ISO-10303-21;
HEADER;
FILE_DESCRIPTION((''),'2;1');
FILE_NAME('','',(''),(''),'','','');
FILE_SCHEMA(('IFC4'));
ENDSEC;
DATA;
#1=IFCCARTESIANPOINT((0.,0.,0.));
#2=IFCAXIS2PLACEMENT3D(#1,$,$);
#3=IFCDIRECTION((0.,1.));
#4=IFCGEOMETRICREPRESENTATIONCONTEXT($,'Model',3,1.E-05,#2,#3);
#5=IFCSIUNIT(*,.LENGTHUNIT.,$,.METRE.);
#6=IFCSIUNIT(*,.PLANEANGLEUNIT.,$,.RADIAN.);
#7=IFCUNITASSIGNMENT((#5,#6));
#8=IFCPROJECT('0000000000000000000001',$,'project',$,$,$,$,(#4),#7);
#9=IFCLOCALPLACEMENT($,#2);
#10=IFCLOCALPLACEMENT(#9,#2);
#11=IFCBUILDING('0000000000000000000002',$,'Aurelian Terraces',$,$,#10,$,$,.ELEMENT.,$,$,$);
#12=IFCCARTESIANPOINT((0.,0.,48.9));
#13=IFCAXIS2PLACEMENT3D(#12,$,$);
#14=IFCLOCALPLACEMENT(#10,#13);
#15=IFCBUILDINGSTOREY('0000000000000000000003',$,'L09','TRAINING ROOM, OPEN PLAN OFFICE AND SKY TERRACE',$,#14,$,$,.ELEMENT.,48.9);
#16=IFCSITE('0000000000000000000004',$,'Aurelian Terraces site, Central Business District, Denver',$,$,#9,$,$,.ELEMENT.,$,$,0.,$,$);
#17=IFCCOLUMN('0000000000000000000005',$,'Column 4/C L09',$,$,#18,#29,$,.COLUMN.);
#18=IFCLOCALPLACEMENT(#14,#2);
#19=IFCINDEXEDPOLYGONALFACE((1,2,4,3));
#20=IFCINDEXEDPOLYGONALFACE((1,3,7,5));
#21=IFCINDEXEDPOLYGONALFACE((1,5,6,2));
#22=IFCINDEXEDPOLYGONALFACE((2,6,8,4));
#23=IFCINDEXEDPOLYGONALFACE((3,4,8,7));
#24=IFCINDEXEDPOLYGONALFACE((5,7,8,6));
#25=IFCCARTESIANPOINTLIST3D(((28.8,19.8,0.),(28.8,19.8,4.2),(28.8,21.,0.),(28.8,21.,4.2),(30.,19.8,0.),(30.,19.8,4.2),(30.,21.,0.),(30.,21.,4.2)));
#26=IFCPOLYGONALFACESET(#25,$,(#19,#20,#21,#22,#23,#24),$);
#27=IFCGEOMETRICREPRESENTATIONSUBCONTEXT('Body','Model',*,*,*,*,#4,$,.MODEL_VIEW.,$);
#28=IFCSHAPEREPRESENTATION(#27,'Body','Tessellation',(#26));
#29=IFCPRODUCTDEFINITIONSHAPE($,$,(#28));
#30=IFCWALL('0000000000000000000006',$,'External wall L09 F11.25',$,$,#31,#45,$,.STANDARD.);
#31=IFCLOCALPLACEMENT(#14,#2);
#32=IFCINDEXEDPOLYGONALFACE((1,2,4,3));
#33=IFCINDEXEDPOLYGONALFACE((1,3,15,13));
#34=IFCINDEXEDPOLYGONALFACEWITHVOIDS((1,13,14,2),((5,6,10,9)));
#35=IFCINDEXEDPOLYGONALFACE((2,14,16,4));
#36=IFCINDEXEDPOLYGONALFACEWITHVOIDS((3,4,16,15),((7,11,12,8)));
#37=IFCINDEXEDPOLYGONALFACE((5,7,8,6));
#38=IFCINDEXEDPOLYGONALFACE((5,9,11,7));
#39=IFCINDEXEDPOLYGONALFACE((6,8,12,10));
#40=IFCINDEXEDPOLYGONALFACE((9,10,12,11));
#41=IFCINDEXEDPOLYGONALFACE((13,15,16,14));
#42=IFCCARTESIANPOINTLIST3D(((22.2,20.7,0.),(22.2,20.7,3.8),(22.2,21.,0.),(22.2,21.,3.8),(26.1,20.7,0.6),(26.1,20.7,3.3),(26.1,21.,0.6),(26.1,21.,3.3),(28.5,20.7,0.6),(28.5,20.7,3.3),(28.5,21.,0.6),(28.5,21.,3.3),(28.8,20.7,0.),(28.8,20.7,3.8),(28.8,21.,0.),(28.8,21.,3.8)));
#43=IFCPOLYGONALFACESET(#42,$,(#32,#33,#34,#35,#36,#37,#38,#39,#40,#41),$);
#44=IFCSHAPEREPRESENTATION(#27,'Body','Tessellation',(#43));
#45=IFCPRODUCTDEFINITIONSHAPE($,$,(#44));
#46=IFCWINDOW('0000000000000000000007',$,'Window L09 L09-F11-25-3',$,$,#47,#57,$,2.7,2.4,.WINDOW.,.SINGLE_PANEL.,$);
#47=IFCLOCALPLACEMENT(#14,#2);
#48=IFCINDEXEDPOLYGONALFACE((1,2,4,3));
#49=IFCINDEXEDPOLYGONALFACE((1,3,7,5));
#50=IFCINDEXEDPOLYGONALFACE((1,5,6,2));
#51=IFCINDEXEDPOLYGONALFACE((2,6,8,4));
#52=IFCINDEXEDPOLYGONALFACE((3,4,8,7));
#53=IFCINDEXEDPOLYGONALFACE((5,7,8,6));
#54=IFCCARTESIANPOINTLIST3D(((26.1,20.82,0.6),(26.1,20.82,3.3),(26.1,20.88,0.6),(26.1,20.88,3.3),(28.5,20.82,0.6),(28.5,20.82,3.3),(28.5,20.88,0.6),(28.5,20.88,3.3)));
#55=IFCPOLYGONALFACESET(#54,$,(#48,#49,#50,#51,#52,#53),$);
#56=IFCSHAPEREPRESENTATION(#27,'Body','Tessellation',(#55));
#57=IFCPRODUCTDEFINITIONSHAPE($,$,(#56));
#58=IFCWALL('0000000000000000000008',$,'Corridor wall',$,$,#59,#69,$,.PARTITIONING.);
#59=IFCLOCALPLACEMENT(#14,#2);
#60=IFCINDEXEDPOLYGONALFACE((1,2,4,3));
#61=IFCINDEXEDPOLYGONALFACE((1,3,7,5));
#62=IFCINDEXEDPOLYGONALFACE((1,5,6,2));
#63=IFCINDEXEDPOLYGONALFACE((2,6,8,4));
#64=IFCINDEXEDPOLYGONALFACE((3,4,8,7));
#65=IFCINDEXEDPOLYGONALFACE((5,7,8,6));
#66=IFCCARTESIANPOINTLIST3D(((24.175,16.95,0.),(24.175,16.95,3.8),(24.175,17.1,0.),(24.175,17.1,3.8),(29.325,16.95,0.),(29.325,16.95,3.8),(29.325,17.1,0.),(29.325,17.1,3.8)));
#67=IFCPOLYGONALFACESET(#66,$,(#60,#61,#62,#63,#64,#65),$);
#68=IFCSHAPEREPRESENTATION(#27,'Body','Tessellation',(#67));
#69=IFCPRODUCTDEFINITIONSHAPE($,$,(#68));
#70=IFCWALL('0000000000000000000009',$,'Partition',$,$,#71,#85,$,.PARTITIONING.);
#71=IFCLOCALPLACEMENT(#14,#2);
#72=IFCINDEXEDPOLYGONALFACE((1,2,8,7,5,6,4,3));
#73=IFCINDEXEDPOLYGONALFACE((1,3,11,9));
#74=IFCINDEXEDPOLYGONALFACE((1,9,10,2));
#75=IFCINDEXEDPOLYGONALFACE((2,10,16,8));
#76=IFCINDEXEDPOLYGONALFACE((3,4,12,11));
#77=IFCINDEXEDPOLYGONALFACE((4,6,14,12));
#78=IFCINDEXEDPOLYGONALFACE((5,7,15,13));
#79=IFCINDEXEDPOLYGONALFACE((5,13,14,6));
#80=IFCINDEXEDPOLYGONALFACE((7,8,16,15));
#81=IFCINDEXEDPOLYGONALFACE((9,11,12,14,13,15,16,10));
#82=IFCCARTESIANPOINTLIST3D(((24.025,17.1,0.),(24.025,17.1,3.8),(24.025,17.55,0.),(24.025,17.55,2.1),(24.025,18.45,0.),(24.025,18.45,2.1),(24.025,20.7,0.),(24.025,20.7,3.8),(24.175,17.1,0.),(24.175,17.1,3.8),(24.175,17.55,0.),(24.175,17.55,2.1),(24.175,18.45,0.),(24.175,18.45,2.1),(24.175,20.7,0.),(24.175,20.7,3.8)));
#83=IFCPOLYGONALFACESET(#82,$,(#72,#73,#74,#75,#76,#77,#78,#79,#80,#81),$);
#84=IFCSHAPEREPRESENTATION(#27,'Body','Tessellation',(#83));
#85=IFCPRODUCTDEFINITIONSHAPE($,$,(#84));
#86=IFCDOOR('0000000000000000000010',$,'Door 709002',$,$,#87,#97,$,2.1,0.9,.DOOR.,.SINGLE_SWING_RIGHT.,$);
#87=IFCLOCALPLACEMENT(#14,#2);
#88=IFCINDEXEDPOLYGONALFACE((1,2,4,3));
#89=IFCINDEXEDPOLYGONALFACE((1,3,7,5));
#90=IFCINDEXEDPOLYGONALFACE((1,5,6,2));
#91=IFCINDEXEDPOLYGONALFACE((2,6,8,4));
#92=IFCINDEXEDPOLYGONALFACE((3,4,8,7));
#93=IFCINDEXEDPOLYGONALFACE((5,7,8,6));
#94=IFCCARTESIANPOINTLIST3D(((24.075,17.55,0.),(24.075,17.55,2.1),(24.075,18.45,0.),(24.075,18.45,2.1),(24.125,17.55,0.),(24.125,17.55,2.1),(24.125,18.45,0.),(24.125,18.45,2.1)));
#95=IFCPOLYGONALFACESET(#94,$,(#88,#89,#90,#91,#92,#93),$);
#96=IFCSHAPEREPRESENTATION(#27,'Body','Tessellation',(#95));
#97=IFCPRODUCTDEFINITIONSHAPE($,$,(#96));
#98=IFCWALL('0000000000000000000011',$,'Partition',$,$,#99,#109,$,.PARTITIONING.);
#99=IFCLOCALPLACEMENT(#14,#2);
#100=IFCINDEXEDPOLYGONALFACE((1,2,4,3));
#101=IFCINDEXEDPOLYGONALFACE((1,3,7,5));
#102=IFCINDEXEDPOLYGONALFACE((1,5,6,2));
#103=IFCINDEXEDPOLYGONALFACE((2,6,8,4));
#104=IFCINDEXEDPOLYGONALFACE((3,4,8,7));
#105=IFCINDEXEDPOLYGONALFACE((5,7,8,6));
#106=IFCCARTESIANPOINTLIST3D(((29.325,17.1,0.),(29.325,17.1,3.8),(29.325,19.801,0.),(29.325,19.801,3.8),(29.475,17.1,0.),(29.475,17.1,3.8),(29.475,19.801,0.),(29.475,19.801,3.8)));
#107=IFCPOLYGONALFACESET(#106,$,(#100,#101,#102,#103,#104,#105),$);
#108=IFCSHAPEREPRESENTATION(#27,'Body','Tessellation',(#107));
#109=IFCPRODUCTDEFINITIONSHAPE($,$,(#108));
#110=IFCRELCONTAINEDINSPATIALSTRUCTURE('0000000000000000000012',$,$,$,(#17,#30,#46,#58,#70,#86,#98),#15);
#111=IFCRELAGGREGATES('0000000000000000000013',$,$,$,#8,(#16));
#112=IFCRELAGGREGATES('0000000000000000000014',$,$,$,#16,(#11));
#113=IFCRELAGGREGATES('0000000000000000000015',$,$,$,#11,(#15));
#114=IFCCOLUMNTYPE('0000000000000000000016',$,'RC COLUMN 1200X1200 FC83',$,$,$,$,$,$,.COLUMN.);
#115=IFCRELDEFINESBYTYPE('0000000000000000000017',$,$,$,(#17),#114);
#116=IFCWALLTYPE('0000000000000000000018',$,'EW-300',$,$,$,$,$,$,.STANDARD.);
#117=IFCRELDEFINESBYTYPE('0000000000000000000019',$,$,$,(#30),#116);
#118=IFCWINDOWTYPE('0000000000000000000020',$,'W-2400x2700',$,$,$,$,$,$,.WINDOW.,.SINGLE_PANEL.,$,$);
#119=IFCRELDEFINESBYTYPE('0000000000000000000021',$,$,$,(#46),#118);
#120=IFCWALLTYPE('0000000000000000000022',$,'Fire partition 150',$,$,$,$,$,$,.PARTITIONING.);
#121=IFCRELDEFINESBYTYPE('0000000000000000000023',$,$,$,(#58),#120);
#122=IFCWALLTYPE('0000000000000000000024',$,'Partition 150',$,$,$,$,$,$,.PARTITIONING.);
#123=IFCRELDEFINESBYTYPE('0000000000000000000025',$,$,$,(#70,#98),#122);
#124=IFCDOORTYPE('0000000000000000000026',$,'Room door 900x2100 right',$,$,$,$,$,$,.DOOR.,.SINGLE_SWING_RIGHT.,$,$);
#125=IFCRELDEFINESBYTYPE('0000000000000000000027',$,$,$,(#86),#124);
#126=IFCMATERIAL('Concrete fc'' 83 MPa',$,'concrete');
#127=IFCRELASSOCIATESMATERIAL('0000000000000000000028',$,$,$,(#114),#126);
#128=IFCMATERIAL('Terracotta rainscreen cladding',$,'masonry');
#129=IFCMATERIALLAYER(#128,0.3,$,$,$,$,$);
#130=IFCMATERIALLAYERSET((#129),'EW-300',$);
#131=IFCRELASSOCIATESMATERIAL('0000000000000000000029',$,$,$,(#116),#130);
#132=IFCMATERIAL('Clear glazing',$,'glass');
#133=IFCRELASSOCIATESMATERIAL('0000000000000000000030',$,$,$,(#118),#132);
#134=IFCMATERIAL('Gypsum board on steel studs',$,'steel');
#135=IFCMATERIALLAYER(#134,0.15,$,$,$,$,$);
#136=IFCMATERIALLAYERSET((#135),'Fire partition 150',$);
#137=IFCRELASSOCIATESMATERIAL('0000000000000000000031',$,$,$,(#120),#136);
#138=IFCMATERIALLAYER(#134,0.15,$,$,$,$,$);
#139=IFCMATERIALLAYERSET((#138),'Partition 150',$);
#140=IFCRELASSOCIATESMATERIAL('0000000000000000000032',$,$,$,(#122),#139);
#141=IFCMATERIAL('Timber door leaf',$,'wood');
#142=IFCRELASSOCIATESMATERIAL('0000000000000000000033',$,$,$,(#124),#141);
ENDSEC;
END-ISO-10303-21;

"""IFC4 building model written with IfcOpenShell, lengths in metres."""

from ifc_helpers import new_model, si_unit, direction, frame, frame_2d, origin, origin_2d, place, context, subcontext, project, spatial, rectangle, extrude, source, transform, mapped, material, layer, layer_set, material_profile, profile_set, type_object, element, fill, save


model = new_model("IFC4")

# Units and contexts
model_context = context("Model", 3, precision=1e-05, world=origin(), true_north=direction((0.0, 1.0)))
body_context = subcontext(model_context, "Body", "Model", "MODEL_VIEW")
ifc_project = project(units=[si_unit("LENGTHUNIT", "METRE"), si_unit("PLANEANGLEUNIT", "RADIAN")], contexts=[model_context])

# Site, building, storey
site_placement = place(None, origin())
site = spatial("IfcSite", under=ifc_project, at=site_placement, Name="Aurelian Terraces site, Central Business District, Denver", CompositionType="ELEMENT", RefElevation=0.0)
building_placement = place(site_placement, origin())
building = spatial("IfcBuilding", under=site, at=building_placement, Name="Aurelian Terraces", CompositionType="ELEMENT")
storey_placement = place(building_placement, frame((0.0, 0.0, 48.9)))
storey = spatial("IfcBuildingStorey", under=building, at=storey_placement, Name="L09", Description="TRAINING ROOM, OPEN PLAN OFFICE AND SKY TERRACE", CompositionType="ELEMENT", Elevation=48.9)

# Column
ifc_material_1 = material(Name="Concrete fc' 83 MPa", Category="concrete")
ifc_material_profile = material_profile(ifc_material_1, rectangle(XDim=1.2, YDim=1.2, at=origin_2d()))
ifc_profile_set = profile_set([ifc_material_profile], Name="Concrete fc' 83 MPa")
column_type = type_object("IfcColumnType", Name="RC COLUMN 1200X1200 FC83", PredefinedType="COLUMN", material=ifc_profile_set)
shared_shape_1 = source(origin(), body_context, "Body", "SweptSolid", [
    extrude(rectangle(XDim=1.2, YDim=1.2, at=origin_2d()), origin(), (0.0, 0.0, 1.0), 4.2),
])
column_placement = place(storey_placement, frame((29.4, 20.4, 0.0), z_axis=(0.0, 0.0, 1.0), x_axis=(1.0, 0.0, 0.0)))
element("IfcColumn", 1, at=column_placement, inside=storey, type_object=column_type, Name="Column 4/C L09", PredefinedType="COLUMN", context=body_context, shape_type="MappedRepresentation", body=[
    mapped(shared_shape_1, transform((0.0, 0.0, 0.0), scale=1.0)),
])

# Wall, opening, window
ifc_material_2 = material(Name="Terracotta rainscreen cladding", Category="masonry")
ifc_layer_1 = layer(ifc_material_2, 0.3)
ifc_layer_set_1 = layer_set([ifc_layer_1], Name="EW-300")
wall_type_1 = type_object("IfcWallType", Name="EW-300", PredefinedType="STANDARD", material=ifc_layer_set_1)
shared_shape_2 = source(origin(), body_context, "Body", "SweptSolid", [
    extrude(rectangle(XDim=6.6, YDim=0.3, at=frame_2d((3.3, 0.0))), origin(), (0.0, 0.0, 1.0), 3.8),
])
wall_1_placement = place(storey_placement, frame((28.8, 20.85, 0.0), z_axis=(0.0, 0.0, 1.0), x_axis=(-1.0, 0.0, 0.0)))
wall_1 = element("IfcWall", 2, at=wall_1_placement, inside=storey, type_object=wall_type_1, Name="External wall L09 F11.25", PredefinedType="STANDARD", context=body_context, shape_type="MappedRepresentation", body=[
    mapped(shared_shape_2, transform((0.0, 0.0, 0.0), scale=1.0)),
])
shared_shape_3 = source(origin(), body_context, "Body", "SweptSolid", [
    extrude(rectangle(XDim=2.4, YDim=2.7, at=frame_2d((1.2, 1.35))), frame((0.0, 0.16, 0.0), z_axis=(0.0, -1.0, 0.0), x_axis=(1.0, 0.0, 0.0)), (0.0, 0.0, 1.0), 0.32),
])
opening_1_placement = place(wall_1_placement, frame((0.3, 0.0, 0.6)))
opening_1 = element("IfcOpeningElement", 3, at=opening_1_placement, cuts=wall_1, PredefinedType="OPENING", context=body_context, shape_type="MappedRepresentation", body=[
    mapped(shared_shape_3, transform((0.0, 0.0, 0.0), scale=1.0)),
])
ifc_material_3 = material(Name="Clear glazing", Category="glass")
window_type = type_object("IfcWindowType", Name="W-2400x2700", PartitioningType="SINGLE_PANEL", PredefinedType="WINDOW", material=ifc_material_3)
shared_shape_4 = source(origin(), body_context, "Body", "SweptSolid", [
    extrude(rectangle(XDim=2.4, YDim=2.7, at=frame_2d((1.2, 1.35))), frame((0.0, 0.03, 0.0), z_axis=(0.0, -1.0, 0.0), x_axis=(1.0, 0.0, 0.0)), (0.0, 0.0, 1.0), 0.06),
])
window_placement = place(opening_1_placement, origin())
window = element("IfcWindow", 4, at=window_placement, inside=storey, type_object=window_type, Name="Window L09 L09-F11-25-3", OverallHeight=2.7, OverallWidth=2.4, PartitioningType="SINGLE_PANEL", PredefinedType="WINDOW", context=body_context, shape_type="MappedRepresentation", body=[
    mapped(shared_shape_4, transform((0.0, 0.0, 0.0), scale=1.0)),
])
fill(opening_1, window)

# Wall
ifc_material_4 = material(Name="Gypsum board on steel studs", Category="steel")
ifc_layer_2 = layer(ifc_material_4, 0.15)
ifc_layer_set_2 = layer_set([ifc_layer_2], Name="Fire partition 150")
wall_type_2 = type_object("IfcWallType", Name="Fire partition 150", PredefinedType="PARTITIONING", material=ifc_layer_set_2)
shared_shape_5 = source(origin(), body_context, "Body", "SweptSolid", [
    extrude(rectangle(XDim=5.15, YDim=0.15, at=frame_2d((2.575, 0.0))), origin(), (0.0, 0.0, 1.0), 3.8),
])
wall_2_placement = place(storey_placement, frame((24.175, 17.025, 0.0), z_axis=(0.0, 0.0, 1.0), x_axis=(1.0, 0.0, 0.0)))
element("IfcWall", 5, at=wall_2_placement, inside=storey, type_object=wall_type_2, Name="Corridor wall", PredefinedType="PARTITIONING", context=body_context, shape_type="MappedRepresentation", body=[
    mapped(shared_shape_5, transform((0.0, 0.0, 0.0), scale=1.0)),
])

# Wall, opening, door
ifc_layer_3 = layer(ifc_material_4, 0.15)
ifc_layer_set_3 = layer_set([ifc_layer_3], Name="Partition 150")
wall_type_3 = type_object("IfcWallType", Name="Partition 150", PredefinedType="PARTITIONING", material=ifc_layer_set_3)
shared_shape_6 = source(origin(), body_context, "Body", "SweptSolid", [
    extrude(rectangle(XDim=3.6, YDim=0.15, at=frame_2d((1.8, 0.0))), origin(), (0.0, 0.0, 1.0), 3.8),
])
wall_3_placement = place(storey_placement, frame((24.1, 20.7, 0.0), z_axis=(0.0, 0.0, 1.0), x_axis=(0.0, -1.0, 0.0)))
wall_3 = element("IfcWall", 6, at=wall_3_placement, inside=storey, type_object=wall_type_3, Name="Partition", PredefinedType="PARTITIONING", context=body_context, shape_type="MappedRepresentation", body=[
    mapped(shared_shape_6, transform((0.0, 0.0, 0.0), scale=1.0)),
])
shared_shape_7 = source(origin(), body_context, "Body", "SweptSolid", [
    extrude(rectangle(XDim=0.9, YDim=2.1, at=frame_2d((0.45, 1.05))), frame((0.0, 0.085, 0.0), z_axis=(0.0, -1.0, 0.0), x_axis=(1.0, 0.0, 0.0)), (0.0, 0.0, 1.0), 0.17),
])
opening_2_placement = place(wall_3_placement, frame((2.25, 0.0, 0.0)))
opening_2 = element("IfcOpeningElement", 7, at=opening_2_placement, cuts=wall_3, PredefinedType="OPENING", context=body_context, shape_type="MappedRepresentation", body=[
    mapped(shared_shape_7, transform((0.0, 0.0, 0.0), scale=1.0)),
])
ifc_material_5 = material(Name="Timber door leaf", Category="wood")
door_type_1 = type_object("IfcDoorType", Name="Room door 900x2100 right", OperationType="SINGLE_SWING_RIGHT", PredefinedType="DOOR", material=ifc_material_5)
shared_shape_8 = source(origin(), body_context, "Body", "SweptSolid", [
    extrude(rectangle(XDim=0.9, YDim=2.1, at=frame_2d((0.45, 1.05))), frame((0.0, 0.025, 0.0), z_axis=(0.0, -1.0, 0.0), x_axis=(1.0, 0.0, 0.0)), (0.0, 0.0, 1.0), 0.05),
])
door_1_placement = place(opening_2_placement, origin())
door_1 = element("IfcDoor", 8, at=door_1_placement, inside=storey, type_object=door_type_1, Name="Door 709002", OperationType="SINGLE_SWING_RIGHT", OverallHeight=2.1, OverallWidth=0.9, PredefinedType="DOOR", context=body_context, shape_type="MappedRepresentation", body=[
    mapped(shared_shape_8, transform((0.0, 0.0, 0.0), scale=1.0)),
])
fill(opening_2, door_1)

# Wall
shared_shape_9 = source(origin(), body_context, "Body", "SweptSolid", [
    extrude(rectangle(XDim=2.701, YDim=0.15, at=frame_2d((1.3505, 0.0))), origin(), (0.0, 0.0, 1.0), 3.8),
])
wall_4_placement = place(storey_placement, frame((29.4, 17.1, 0.0), z_axis=(0.0, 0.0, 1.0), x_axis=(0.0, 1.0, 0.0)))
element("IfcWall", 9, at=wall_4_placement, inside=storey, type_object=wall_type_3, Name="Partition", PredefinedType="PARTITIONING", context=body_context, shape_type="MappedRepresentation", body=[
    mapped(shared_shape_9, transform((0.0, 0.0, 0.0), scale=1.0)),
])

save(model, "model.ifc")
